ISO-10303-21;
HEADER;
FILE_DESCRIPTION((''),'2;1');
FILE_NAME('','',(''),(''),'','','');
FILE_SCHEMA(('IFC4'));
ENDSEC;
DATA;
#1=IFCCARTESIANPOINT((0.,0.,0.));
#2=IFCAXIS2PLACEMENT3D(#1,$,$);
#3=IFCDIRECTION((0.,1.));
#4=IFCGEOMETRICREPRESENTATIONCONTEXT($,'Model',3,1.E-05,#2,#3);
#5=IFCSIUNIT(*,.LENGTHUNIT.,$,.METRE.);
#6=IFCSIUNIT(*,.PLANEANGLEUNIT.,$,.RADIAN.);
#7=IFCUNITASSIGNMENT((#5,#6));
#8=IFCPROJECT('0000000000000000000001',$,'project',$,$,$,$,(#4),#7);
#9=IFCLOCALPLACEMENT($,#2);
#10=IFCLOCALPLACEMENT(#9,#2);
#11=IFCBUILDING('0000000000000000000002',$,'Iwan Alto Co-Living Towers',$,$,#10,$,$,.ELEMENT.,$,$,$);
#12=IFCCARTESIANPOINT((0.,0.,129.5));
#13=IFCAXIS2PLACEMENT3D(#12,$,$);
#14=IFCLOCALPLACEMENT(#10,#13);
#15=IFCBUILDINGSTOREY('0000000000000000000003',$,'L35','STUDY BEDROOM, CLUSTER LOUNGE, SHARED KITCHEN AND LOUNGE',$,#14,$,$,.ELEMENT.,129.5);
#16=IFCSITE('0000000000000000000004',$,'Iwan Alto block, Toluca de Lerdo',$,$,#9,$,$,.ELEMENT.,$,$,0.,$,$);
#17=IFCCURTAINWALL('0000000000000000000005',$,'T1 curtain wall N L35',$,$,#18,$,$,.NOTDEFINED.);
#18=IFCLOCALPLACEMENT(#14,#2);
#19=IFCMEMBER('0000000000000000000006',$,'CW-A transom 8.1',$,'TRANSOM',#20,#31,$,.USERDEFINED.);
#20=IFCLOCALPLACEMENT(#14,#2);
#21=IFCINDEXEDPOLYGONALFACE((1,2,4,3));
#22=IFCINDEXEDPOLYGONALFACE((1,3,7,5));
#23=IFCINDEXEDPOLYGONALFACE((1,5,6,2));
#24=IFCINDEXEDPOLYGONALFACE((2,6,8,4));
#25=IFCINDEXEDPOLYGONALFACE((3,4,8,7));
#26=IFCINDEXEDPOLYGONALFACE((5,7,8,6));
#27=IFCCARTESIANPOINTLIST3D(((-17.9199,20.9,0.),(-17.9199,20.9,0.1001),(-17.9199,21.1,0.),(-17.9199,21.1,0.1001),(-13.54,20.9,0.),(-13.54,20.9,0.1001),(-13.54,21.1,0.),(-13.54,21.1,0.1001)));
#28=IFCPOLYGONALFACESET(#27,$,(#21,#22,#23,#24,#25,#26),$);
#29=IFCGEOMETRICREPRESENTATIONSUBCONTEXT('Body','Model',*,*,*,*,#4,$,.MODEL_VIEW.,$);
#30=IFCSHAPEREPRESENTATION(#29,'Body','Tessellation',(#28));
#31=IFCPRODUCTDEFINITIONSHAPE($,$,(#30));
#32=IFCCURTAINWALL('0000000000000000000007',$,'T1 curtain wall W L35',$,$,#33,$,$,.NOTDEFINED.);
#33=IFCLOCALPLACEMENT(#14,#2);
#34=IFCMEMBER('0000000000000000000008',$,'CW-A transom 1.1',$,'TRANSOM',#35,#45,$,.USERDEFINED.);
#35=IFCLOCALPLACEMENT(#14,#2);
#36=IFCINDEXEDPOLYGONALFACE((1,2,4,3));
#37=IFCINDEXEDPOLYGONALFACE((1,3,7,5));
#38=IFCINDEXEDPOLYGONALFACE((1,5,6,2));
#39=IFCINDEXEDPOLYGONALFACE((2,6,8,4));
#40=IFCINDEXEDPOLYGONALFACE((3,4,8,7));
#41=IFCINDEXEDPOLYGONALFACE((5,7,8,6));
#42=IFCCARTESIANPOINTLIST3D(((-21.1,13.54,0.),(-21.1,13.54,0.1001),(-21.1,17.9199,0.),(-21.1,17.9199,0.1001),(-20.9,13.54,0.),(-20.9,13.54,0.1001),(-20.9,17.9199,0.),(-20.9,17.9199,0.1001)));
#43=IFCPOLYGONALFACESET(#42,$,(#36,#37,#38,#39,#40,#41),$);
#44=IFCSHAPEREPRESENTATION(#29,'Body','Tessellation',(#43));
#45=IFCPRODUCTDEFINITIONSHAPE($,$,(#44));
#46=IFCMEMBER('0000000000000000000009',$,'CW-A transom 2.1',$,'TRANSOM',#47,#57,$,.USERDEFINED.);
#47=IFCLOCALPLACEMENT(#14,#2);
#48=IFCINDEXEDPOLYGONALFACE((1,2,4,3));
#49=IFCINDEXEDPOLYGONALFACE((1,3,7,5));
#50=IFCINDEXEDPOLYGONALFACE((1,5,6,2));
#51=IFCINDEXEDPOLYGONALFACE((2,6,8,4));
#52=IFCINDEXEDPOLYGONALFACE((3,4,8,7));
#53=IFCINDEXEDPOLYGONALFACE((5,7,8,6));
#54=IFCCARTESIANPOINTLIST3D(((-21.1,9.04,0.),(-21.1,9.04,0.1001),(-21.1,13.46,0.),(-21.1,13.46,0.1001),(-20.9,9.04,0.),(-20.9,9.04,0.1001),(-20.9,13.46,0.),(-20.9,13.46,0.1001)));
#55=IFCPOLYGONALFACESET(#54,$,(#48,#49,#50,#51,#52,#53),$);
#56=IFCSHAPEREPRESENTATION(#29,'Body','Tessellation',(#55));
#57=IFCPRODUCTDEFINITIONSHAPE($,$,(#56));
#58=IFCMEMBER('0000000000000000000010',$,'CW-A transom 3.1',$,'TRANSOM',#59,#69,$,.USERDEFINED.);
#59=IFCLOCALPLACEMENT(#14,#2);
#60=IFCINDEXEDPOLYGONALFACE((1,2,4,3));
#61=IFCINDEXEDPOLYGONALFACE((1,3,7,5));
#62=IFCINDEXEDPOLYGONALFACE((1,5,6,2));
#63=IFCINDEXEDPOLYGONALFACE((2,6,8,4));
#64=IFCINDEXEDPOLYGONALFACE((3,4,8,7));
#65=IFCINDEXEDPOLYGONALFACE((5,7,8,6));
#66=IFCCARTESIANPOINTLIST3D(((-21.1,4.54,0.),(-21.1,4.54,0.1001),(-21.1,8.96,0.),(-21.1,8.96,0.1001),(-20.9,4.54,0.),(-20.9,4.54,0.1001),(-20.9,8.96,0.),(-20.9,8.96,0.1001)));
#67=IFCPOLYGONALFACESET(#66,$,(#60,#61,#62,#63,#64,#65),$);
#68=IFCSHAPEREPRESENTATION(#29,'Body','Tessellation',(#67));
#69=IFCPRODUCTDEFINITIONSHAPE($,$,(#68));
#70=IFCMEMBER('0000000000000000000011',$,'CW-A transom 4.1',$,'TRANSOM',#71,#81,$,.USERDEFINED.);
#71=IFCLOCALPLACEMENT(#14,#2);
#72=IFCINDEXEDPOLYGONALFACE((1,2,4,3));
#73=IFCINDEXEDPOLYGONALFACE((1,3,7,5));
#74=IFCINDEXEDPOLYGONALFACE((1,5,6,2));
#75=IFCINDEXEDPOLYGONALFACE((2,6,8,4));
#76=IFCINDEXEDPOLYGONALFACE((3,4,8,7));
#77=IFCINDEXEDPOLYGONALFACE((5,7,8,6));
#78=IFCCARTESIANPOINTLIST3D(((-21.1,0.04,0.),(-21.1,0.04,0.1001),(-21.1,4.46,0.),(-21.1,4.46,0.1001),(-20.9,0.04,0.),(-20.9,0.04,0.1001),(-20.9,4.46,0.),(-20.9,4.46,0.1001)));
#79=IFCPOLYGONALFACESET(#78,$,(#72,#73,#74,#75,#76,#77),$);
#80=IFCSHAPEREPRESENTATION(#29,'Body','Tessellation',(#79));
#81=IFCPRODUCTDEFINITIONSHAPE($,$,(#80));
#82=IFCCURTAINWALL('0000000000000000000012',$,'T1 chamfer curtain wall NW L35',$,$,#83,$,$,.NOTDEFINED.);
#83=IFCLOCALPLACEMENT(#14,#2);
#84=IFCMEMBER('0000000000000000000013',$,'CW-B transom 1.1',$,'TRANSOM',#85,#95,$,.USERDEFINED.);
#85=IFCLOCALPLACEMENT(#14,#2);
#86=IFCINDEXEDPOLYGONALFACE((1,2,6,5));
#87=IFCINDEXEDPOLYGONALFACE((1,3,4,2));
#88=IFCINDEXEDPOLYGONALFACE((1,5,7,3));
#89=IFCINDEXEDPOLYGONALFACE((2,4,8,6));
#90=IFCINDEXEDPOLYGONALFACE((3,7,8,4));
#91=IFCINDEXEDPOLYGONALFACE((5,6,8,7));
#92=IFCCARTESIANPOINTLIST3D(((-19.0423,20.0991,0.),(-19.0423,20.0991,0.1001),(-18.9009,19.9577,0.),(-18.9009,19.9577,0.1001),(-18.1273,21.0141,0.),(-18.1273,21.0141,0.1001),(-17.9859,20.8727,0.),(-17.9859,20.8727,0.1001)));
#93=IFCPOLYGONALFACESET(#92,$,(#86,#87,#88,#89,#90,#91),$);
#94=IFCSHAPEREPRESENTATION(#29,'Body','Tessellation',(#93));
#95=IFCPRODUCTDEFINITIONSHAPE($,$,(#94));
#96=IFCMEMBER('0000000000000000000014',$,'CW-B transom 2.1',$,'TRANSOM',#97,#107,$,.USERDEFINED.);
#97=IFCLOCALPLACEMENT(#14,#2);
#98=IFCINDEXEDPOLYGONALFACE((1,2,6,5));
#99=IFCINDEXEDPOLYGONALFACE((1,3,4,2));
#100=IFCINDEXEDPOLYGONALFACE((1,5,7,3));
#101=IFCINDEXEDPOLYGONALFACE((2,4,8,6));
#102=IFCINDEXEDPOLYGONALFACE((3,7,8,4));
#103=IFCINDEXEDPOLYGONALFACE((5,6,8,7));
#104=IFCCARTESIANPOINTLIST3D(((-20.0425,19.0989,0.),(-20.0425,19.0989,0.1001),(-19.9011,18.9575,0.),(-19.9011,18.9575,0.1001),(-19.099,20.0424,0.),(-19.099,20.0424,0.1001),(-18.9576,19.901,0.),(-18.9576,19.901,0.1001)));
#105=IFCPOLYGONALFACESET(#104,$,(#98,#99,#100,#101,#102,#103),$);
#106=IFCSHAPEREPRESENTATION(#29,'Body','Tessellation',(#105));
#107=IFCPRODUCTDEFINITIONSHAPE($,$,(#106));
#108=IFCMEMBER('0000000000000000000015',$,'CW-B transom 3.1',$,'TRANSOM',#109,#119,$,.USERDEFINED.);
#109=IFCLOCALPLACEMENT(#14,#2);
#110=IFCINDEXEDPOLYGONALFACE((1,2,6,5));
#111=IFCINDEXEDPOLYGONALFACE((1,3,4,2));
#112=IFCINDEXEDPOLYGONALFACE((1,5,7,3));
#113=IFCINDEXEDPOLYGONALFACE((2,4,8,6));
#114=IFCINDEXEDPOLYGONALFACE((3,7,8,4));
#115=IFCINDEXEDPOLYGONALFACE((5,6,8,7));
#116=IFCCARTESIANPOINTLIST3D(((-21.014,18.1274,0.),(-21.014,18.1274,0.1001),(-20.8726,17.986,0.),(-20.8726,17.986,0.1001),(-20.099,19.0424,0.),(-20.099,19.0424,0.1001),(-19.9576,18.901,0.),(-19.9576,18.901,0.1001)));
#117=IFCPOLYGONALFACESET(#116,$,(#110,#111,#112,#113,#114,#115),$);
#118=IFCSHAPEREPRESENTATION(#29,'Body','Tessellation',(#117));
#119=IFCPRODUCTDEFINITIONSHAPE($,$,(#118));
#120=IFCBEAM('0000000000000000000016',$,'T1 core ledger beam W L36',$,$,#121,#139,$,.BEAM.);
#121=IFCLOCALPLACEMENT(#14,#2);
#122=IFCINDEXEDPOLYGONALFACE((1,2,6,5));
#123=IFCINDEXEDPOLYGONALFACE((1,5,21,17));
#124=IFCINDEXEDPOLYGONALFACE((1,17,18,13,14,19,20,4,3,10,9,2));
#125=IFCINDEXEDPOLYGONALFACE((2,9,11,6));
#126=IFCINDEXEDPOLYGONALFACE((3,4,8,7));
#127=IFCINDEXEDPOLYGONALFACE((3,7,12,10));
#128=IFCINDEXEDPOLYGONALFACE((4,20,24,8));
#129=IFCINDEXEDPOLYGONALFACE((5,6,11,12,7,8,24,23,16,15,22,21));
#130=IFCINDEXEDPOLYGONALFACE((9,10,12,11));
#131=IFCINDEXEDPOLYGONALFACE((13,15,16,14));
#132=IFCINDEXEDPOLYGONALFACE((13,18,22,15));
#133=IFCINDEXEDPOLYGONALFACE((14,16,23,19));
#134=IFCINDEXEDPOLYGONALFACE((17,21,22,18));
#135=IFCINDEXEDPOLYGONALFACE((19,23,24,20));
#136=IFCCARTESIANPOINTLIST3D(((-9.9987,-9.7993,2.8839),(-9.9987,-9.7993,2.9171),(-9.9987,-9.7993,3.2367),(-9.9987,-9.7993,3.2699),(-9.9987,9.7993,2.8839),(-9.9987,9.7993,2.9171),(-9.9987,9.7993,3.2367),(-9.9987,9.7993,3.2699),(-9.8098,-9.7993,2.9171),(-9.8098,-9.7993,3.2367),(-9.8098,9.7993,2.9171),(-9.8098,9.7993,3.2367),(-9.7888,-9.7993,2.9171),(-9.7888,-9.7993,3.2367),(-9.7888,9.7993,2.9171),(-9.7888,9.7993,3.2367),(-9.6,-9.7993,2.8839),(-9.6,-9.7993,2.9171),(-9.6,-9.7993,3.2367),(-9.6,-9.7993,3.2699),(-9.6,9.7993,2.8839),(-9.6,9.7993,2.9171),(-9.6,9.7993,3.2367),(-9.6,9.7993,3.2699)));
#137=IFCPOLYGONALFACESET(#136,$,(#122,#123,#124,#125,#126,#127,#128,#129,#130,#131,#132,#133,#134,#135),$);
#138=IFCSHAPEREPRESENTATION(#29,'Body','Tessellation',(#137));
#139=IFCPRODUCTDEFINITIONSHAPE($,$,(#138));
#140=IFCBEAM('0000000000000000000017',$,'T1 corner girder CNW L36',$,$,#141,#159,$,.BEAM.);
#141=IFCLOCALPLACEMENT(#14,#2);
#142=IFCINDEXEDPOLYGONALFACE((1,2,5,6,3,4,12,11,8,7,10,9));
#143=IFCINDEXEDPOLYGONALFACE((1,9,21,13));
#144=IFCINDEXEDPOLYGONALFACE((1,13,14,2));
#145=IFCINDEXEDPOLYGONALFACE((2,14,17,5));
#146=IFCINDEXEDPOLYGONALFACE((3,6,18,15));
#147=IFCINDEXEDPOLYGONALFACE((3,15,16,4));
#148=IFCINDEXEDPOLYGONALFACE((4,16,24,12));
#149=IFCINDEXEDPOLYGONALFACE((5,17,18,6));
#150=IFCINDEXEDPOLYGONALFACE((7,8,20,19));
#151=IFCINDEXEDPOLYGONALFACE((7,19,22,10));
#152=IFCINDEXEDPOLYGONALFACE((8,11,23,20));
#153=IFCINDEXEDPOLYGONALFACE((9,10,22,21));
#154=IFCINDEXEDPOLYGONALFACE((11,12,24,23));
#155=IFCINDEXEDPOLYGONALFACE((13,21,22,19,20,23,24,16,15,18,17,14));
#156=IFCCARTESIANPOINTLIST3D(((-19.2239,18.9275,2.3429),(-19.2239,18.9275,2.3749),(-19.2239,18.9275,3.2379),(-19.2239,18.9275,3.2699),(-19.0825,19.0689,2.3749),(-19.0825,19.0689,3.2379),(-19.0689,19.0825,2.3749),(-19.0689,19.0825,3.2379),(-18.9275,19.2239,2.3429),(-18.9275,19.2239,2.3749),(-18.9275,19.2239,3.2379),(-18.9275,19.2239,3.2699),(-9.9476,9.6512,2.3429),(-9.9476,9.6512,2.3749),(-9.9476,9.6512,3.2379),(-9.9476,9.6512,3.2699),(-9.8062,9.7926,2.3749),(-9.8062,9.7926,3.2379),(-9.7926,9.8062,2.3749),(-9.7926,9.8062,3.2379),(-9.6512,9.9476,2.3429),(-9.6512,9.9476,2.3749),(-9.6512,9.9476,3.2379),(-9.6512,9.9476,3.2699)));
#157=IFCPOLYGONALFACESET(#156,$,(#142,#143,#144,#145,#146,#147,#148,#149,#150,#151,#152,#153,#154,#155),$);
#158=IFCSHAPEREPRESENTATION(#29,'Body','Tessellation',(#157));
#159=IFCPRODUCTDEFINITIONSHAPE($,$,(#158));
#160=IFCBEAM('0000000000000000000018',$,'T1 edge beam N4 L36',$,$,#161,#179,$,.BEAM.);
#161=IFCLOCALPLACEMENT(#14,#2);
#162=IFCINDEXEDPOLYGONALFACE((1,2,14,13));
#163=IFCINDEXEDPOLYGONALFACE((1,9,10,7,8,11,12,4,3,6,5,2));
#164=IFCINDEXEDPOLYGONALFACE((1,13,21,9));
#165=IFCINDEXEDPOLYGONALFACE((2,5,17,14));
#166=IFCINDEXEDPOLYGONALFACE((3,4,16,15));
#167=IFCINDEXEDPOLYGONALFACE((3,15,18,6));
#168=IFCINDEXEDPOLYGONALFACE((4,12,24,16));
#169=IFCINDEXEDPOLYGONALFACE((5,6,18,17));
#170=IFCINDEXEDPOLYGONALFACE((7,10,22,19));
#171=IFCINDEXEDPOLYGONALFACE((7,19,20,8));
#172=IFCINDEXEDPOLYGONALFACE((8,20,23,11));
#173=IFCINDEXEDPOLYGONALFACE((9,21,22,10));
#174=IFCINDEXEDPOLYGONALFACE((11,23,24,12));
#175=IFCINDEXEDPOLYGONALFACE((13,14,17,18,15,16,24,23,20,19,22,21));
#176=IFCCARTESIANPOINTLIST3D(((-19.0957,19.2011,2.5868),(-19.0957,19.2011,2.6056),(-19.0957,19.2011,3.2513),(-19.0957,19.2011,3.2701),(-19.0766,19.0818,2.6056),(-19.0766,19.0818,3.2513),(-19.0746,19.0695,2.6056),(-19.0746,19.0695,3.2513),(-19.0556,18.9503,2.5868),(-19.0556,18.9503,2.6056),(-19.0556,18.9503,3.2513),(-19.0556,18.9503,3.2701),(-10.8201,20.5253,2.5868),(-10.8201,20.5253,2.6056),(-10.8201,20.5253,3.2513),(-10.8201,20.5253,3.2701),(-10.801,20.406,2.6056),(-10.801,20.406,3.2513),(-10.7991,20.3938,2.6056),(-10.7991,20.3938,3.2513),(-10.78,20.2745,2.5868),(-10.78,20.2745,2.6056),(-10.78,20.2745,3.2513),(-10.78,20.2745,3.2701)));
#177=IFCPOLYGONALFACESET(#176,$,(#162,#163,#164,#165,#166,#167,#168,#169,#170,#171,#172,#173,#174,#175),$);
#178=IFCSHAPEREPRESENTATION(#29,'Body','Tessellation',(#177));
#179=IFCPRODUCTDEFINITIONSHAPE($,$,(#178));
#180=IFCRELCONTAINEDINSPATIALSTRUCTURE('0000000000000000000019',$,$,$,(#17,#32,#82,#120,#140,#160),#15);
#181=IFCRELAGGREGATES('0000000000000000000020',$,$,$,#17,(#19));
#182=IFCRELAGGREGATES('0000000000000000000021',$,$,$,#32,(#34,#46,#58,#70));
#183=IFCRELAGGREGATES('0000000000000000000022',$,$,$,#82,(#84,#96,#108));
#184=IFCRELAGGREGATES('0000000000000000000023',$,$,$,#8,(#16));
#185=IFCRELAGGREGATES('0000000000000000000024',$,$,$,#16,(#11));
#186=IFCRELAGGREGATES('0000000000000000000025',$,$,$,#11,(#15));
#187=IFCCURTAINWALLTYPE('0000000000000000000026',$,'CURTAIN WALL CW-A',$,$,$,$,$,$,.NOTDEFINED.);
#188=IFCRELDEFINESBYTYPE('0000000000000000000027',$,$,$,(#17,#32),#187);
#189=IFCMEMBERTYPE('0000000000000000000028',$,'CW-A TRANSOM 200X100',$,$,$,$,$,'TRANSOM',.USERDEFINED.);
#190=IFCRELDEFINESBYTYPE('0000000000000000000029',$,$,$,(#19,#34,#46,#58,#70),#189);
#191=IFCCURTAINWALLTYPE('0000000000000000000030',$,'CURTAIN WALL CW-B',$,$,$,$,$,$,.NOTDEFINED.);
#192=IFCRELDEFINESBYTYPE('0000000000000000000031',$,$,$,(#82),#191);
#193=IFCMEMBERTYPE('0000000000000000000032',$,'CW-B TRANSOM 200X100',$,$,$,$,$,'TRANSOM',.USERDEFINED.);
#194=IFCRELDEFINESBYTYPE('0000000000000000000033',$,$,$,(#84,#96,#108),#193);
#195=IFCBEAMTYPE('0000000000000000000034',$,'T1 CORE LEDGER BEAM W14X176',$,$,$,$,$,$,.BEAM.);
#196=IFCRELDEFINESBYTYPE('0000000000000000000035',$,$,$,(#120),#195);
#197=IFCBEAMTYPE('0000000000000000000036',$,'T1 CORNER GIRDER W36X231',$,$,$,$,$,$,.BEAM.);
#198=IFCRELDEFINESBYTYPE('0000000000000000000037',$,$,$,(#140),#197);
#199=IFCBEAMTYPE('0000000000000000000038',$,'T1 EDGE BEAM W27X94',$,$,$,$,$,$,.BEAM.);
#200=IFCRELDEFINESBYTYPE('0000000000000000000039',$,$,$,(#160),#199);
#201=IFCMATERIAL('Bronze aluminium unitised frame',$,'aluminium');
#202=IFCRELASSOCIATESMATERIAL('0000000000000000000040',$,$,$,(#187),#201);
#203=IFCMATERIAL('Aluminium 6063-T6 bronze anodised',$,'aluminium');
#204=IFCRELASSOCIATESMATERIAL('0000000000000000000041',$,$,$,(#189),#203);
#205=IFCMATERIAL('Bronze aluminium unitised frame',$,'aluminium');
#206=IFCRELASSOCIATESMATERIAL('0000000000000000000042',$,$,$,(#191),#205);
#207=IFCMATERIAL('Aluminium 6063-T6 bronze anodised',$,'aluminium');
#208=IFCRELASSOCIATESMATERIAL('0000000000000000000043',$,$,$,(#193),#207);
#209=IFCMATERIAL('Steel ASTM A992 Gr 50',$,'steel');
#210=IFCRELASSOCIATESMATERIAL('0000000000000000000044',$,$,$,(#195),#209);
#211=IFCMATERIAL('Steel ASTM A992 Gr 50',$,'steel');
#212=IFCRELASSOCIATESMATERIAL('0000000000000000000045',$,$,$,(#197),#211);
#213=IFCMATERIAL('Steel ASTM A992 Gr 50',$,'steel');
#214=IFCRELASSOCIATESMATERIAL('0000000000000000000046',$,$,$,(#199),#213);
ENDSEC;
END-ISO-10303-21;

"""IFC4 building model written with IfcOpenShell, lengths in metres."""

from ifc_helpers import new_model, si_unit, direction, frame, origin, origin_2d, place, context, subcontext, project, spatial, rectangle, i_section, extrude, material, material_profile, profile_set, type_object, element, aggregate, save


model = new_model("IFC4")

# Units and contexts
model_context = context("Model", 3, precision=1e-05, world=origin(), true_north=direction((0.0, 1.0)))
body_context = subcontext(model_context, "Body", "Model", "MODEL_VIEW")
ifc_project = project(units=[si_unit("LENGTHUNIT", "METRE"), si_unit("PLANEANGLEUNIT", "RADIAN")], contexts=[model_context])

# Site, building, storey
site_placement = place(None, origin())
site = spatial("IfcSite", under=ifc_project, at=site_placement, Name="Iwan Alto block, Toluca de Lerdo", CompositionType="ELEMENT", RefElevation=0.0)
building_placement = place(site_placement, origin())
building = spatial("IfcBuilding", under=site, at=building_placement, Name="Iwan Alto Co-Living Towers", CompositionType="ELEMENT")
storey_placement = place(building_placement, frame((0.0, 0.0, 129.5)))
storey = spatial("IfcBuildingStorey", under=building, at=storey_placement, Name="L35", Description="STUDY BEDROOM, CLUSTER LOUNGE, SHARED KITCHEN AND LOUNGE", CompositionType="ELEMENT", Elevation=129.5)

# Curtain wall, member
ifc_material_1 = material(Name="Bronze aluminium unitised frame", Category="aluminium")
curtain_wall_type_1 = type_object("IfcCurtainWallType", Name="CURTAIN WALL CW-A", PredefinedType="NOTDEFINED", material=ifc_material_1)
curtain_wall_1_placement = place(storey_placement, origin())
curtain_wall_1 = element("IfcCurtainWall", 1, at=curtain_wall_1_placement, inside=storey, type_object=curtain_wall_type_1, Name="T1 curtain wall N L35", PredefinedType="NOTDEFINED")
ifc_material_2 = material(Name="Aluminium 6063-T6 bronze anodised", Category="aluminium")
ifc_material_profile_1 = material_profile(ifc_material_2, rectangle(XDim=0.2, YDim=0.1001, at=origin_2d()), Name="AL 200X100")
ifc_profile_set_1 = profile_set([ifc_material_profile_1], Name="Aluminium 6063-T6 bronze anodised")
member_type_1 = type_object("IfcMemberType", Name="CW-A TRANSOM 200X100", ElementType="TRANSOM", PredefinedType="USERDEFINED", material=ifc_profile_set_1)
member_1_placement = place(storey_placement, frame((-13.54, 21.0, 0.05), z_axis=(-1.0, 0.0, 0.0), x_axis=(0.0, -1.0, 0.0)))
member_1 = element("IfcMember", 2, at=member_1_placement, type_object=member_type_1, Name="CW-A transom 8.1", ObjectType="TRANSOM", PredefinedType="USERDEFINED", context=body_context, shape_type="SweptSolid", body=[
    extrude(rectangle(XDim=0.2, YDim=0.1001, at=origin_2d()), origin(), (0.0, 0.0, 1.0), 4.3799),
])

# Curtain walls, members
curtain_wall_2_placement = place(storey_placement, origin())
curtain_wall_2 = element("IfcCurtainWall", 3, at=curtain_wall_2_placement, inside=storey, type_object=curtain_wall_type_1, Name="T1 curtain wall W L35", PredefinedType="NOTDEFINED")
member_2_placement = place(storey_placement, frame((-21.0, 17.9199, 0.05), z_axis=(0.0, -1.0, 0.0), x_axis=(1.0, 0.0, 0.0)))
member_2 = element("IfcMember", 4, at=member_2_placement, type_object=member_type_1, Name="CW-A transom 1.1", ObjectType="TRANSOM", PredefinedType="USERDEFINED", context=body_context, shape_type="SweptSolid", body=[
    extrude(rectangle(XDim=0.2, YDim=0.1001, at=origin_2d()), origin(), (0.0, 0.0, 1.0), 4.3799),
])
member_3_placement = place(storey_placement, frame((-21.0, 13.46, 0.05), z_axis=(0.0, -1.0, 0.0), x_axis=(1.0, 0.0, 0.0)))
member_3 = element("IfcMember", 5, at=member_3_placement, type_object=member_type_1, Name="CW-A transom 2.1", ObjectType="TRANSOM", PredefinedType="USERDEFINED", context=body_context, shape_type="SweptSolid", body=[
    extrude(rectangle(XDim=0.2, YDim=0.1001, at=origin_2d()), origin(), (0.0, 0.0, 1.0), 4.4199),
])
member_4_placement = place(storey_placement, frame((-21.0, 8.96, 0.05), z_axis=(0.0, -1.0, 0.0), x_axis=(1.0, 0.0, 0.0)))
member_4 = element("IfcMember", 6, at=member_4_placement, type_object=member_type_1, Name="CW-A transom 3.1", ObjectType="TRANSOM", PredefinedType="USERDEFINED", context=body_context, shape_type="SweptSolid", body=[
    extrude(rectangle(XDim=0.2, YDim=0.1001, at=origin_2d()), origin(), (0.0, 0.0, 1.0), 4.4199),
])
member_5_placement = place(storey_placement, frame((-21.0, 4.46, 0.05), z_axis=(0.0, -1.0, 0.0), x_axis=(1.0, 0.0, 0.0)))
member_5 = element("IfcMember", 7, at=member_5_placement, type_object=member_type_1, Name="CW-A transom 4.1", ObjectType="TRANSOM", PredefinedType="USERDEFINED", context=body_context, shape_type="SweptSolid", body=[
    extrude(rectangle(XDim=0.2, YDim=0.1001, at=origin_2d()), origin(), (0.0, 0.0, 1.0), 4.4199),
])
ifc_material_3 = material(Name="Bronze aluminium unitised frame", Category="aluminium")
curtain_wall_type_2 = type_object("IfcCurtainWallType", Name="CURTAIN WALL CW-B", PredefinedType="NOTDEFINED", material=ifc_material_3)
curtain_wall_3_placement = place(storey_placement, origin())
curtain_wall_3 = element("IfcCurtainWall", 8, at=curtain_wall_3_placement, inside=storey, type_object=curtain_wall_type_2, Name="T1 chamfer curtain wall NW L35", PredefinedType="NOTDEFINED")
ifc_material_4 = material(Name="Aluminium 6063-T6 bronze anodised", Category="aluminium")
ifc_material_profile_2 = material_profile(ifc_material_4, rectangle(XDim=0.2, YDim=0.1001, at=origin_2d()), Name="AL 200X100")
ifc_profile_set_2 = profile_set([ifc_material_profile_2], Name="Aluminium 6063-T6 bronze anodised")
member_type_2 = type_object("IfcMemberType", Name="CW-B TRANSOM 200X100", ElementType="TRANSOM", PredefinedType="USERDEFINED", material=ifc_profile_set_2)
member_6_placement = place(storey_placement, frame((-18.0566, 20.9434, 0.05), z_axis=(-0.707107, -0.707107, 0.0), x_axis=(0.707107, -0.707107, 0.0)))
member_6 = element("IfcMember", 9, at=member_6_placement, type_object=member_type_2, Name="CW-B transom 1.1", ObjectType="TRANSOM", PredefinedType="USERDEFINED", context=body_context, shape_type="SweptSolid", body=[
    extrude(rectangle(XDim=0.2, YDim=0.1001, at=origin_2d()), origin(), (0.0, 0.0, 1.0), 1.2939),
])
member_7_placement = place(storey_placement, frame((-19.0283, 19.9717, 0.05), z_axis=(-0.707107, -0.707107, 0.0), x_axis=(0.707107, -0.707107, 0.0)))
member_7 = element("IfcMember", 10, at=member_7_placement, type_object=member_type_2, Name="CW-B transom 2.1", ObjectType="TRANSOM", PredefinedType="USERDEFINED", context=body_context, shape_type="SweptSolid", body=[
    extrude(rectangle(XDim=0.2, YDim=0.1001, at=origin_2d()), origin(), (0.0, 0.0, 1.0), 1.3342),
])
member_8_placement = place(storey_placement, frame((-20.0283, 18.9717, 0.05), z_axis=(-0.707107, -0.707107, 0.0), x_axis=(0.707107, -0.707107, 0.0)))
member_8 = element("IfcMember", 11, at=member_8_placement, type_object=member_type_2, Name="CW-B transom 3.1", ObjectType="TRANSOM", PredefinedType="USERDEFINED", context=body_context, shape_type="SweptSolid", body=[
    extrude(rectangle(XDim=0.2, YDim=0.1001, at=origin_2d()), origin(), (0.0, 0.0, 1.0), 1.2939),
])

# Beams
ifc_material_5 = material(Name="Steel ASTM A992 Gr 50", Category="steel")
ifc_material_profile_3 = material_profile(ifc_material_5, i_section(OverallWidth=0.3987, OverallDepth=0.386, WebThickness=0.021, FlangeThickness=0.0332, at=origin_2d()), Name="W14X176")
ifc_profile_set_3 = profile_set([ifc_material_profile_3], Name="Steel ASTM A992 Gr 50")
beam_type_1 = type_object("IfcBeamType", Name="T1 CORE LEDGER BEAM W14X176", PredefinedType="BEAM", material=ifc_profile_set_3)
beam_1_placement = place(storey_placement, frame((-9.7993, 9.7993, 3.0769), z_axis=(0.0, -1.0, 0.0), x_axis=(1.0, 0.0, 0.0)))
element("IfcBeam", 12, at=beam_1_placement, inside=storey, type_object=beam_type_1, Name="T1 core ledger beam W L36", PredefinedType="BEAM", context=body_context, shape_type="SweptSolid", body=[
    extrude(i_section(OverallWidth=0.3987, OverallDepth=0.386, WebThickness=0.021, FlangeThickness=0.0332, at=origin_2d()), origin(), (0.0, 0.0, 1.0), 19.5986),
])
ifc_material_6 = material(Name="Steel ASTM A992 Gr 50", Category="steel")
ifc_material_profile_4 = material_profile(ifc_material_6, i_section(OverallWidth=0.4192, OverallDepth=0.927, WebThickness=0.0193, FlangeThickness=0.032, at=origin_2d()), Name="W36X231")
ifc_profile_set_4 = profile_set([ifc_material_profile_4], Name="Steel ASTM A992 Gr 50")
beam_type_2 = type_object("IfcBeamType", Name="T1 CORNER GIRDER W36X231", PredefinedType="BEAM", material=ifc_profile_set_4)
beam_2_placement = place(storey_placement, frame((-19.0757, 19.0757, 2.8064), z_axis=(0.707107, -0.707107, 0.0), x_axis=(0.707107, 0.707107, 0.0)))
element("IfcBeam", 13, at=beam_2_placement, inside=storey, type_object=beam_type_2, Name="T1 corner girder CNW L36", PredefinedType="BEAM", context=body_context, shape_type="SweptSolid", body=[
    extrude(i_section(OverallWidth=0.4192, OverallDepth=0.927, WebThickness=0.0193, FlangeThickness=0.032, at=origin_2d()), origin(), (0.0, 0.0, 1.0), 13.1187),
])
ifc_material_7 = material(Name="Steel ASTM A992 Gr 50", Category="steel")
ifc_material_profile_5 = material_profile(ifc_material_7, i_section(OverallWidth=0.2539, OverallDepth=0.6833, WebThickness=0.0125, FlangeThickness=0.0188, at=origin_2d()), Name="W27X94")
ifc_profile_set_5 = profile_set([ifc_material_profile_5], Name="Steel ASTM A992 Gr 50")
beam_type_3 = type_object("IfcBeamType", Name="T1 EDGE BEAM W27X94", PredefinedType="BEAM", material=ifc_profile_set_5)
for number, where, z_axis, x_axis, name in (
    (14, (-10.8, 20.3999, 2.9285), (-0.987438, -0.158004, 0.0), (0.158004, -0.987438, 0.0), "T1 edge beam N4 L36"),
):
    element("IfcBeam", number, at=place(storey_placement, frame(where, z_axis=z_axis, x_axis=x_axis)), inside=storey, type_object=beam_type_3, Name=name, PredefinedType="BEAM", context=body_context, shape_type="SweptSolid", body=[
        extrude(i_section(OverallWidth=0.2539, OverallDepth=0.6833, WebThickness=0.0125, FlangeThickness=0.0188, at=origin_2d()), origin(), (0.0, 0.0, 1.0), 8.3809),
    ])

aggregate(curtain_wall_1, [member_1])
aggregate(curtain_wall_2, [member_2, member_3, member_4, member_5])
aggregate(curtain_wall_3, [member_6, member_7, member_8])

save(model, "model.ifc")
